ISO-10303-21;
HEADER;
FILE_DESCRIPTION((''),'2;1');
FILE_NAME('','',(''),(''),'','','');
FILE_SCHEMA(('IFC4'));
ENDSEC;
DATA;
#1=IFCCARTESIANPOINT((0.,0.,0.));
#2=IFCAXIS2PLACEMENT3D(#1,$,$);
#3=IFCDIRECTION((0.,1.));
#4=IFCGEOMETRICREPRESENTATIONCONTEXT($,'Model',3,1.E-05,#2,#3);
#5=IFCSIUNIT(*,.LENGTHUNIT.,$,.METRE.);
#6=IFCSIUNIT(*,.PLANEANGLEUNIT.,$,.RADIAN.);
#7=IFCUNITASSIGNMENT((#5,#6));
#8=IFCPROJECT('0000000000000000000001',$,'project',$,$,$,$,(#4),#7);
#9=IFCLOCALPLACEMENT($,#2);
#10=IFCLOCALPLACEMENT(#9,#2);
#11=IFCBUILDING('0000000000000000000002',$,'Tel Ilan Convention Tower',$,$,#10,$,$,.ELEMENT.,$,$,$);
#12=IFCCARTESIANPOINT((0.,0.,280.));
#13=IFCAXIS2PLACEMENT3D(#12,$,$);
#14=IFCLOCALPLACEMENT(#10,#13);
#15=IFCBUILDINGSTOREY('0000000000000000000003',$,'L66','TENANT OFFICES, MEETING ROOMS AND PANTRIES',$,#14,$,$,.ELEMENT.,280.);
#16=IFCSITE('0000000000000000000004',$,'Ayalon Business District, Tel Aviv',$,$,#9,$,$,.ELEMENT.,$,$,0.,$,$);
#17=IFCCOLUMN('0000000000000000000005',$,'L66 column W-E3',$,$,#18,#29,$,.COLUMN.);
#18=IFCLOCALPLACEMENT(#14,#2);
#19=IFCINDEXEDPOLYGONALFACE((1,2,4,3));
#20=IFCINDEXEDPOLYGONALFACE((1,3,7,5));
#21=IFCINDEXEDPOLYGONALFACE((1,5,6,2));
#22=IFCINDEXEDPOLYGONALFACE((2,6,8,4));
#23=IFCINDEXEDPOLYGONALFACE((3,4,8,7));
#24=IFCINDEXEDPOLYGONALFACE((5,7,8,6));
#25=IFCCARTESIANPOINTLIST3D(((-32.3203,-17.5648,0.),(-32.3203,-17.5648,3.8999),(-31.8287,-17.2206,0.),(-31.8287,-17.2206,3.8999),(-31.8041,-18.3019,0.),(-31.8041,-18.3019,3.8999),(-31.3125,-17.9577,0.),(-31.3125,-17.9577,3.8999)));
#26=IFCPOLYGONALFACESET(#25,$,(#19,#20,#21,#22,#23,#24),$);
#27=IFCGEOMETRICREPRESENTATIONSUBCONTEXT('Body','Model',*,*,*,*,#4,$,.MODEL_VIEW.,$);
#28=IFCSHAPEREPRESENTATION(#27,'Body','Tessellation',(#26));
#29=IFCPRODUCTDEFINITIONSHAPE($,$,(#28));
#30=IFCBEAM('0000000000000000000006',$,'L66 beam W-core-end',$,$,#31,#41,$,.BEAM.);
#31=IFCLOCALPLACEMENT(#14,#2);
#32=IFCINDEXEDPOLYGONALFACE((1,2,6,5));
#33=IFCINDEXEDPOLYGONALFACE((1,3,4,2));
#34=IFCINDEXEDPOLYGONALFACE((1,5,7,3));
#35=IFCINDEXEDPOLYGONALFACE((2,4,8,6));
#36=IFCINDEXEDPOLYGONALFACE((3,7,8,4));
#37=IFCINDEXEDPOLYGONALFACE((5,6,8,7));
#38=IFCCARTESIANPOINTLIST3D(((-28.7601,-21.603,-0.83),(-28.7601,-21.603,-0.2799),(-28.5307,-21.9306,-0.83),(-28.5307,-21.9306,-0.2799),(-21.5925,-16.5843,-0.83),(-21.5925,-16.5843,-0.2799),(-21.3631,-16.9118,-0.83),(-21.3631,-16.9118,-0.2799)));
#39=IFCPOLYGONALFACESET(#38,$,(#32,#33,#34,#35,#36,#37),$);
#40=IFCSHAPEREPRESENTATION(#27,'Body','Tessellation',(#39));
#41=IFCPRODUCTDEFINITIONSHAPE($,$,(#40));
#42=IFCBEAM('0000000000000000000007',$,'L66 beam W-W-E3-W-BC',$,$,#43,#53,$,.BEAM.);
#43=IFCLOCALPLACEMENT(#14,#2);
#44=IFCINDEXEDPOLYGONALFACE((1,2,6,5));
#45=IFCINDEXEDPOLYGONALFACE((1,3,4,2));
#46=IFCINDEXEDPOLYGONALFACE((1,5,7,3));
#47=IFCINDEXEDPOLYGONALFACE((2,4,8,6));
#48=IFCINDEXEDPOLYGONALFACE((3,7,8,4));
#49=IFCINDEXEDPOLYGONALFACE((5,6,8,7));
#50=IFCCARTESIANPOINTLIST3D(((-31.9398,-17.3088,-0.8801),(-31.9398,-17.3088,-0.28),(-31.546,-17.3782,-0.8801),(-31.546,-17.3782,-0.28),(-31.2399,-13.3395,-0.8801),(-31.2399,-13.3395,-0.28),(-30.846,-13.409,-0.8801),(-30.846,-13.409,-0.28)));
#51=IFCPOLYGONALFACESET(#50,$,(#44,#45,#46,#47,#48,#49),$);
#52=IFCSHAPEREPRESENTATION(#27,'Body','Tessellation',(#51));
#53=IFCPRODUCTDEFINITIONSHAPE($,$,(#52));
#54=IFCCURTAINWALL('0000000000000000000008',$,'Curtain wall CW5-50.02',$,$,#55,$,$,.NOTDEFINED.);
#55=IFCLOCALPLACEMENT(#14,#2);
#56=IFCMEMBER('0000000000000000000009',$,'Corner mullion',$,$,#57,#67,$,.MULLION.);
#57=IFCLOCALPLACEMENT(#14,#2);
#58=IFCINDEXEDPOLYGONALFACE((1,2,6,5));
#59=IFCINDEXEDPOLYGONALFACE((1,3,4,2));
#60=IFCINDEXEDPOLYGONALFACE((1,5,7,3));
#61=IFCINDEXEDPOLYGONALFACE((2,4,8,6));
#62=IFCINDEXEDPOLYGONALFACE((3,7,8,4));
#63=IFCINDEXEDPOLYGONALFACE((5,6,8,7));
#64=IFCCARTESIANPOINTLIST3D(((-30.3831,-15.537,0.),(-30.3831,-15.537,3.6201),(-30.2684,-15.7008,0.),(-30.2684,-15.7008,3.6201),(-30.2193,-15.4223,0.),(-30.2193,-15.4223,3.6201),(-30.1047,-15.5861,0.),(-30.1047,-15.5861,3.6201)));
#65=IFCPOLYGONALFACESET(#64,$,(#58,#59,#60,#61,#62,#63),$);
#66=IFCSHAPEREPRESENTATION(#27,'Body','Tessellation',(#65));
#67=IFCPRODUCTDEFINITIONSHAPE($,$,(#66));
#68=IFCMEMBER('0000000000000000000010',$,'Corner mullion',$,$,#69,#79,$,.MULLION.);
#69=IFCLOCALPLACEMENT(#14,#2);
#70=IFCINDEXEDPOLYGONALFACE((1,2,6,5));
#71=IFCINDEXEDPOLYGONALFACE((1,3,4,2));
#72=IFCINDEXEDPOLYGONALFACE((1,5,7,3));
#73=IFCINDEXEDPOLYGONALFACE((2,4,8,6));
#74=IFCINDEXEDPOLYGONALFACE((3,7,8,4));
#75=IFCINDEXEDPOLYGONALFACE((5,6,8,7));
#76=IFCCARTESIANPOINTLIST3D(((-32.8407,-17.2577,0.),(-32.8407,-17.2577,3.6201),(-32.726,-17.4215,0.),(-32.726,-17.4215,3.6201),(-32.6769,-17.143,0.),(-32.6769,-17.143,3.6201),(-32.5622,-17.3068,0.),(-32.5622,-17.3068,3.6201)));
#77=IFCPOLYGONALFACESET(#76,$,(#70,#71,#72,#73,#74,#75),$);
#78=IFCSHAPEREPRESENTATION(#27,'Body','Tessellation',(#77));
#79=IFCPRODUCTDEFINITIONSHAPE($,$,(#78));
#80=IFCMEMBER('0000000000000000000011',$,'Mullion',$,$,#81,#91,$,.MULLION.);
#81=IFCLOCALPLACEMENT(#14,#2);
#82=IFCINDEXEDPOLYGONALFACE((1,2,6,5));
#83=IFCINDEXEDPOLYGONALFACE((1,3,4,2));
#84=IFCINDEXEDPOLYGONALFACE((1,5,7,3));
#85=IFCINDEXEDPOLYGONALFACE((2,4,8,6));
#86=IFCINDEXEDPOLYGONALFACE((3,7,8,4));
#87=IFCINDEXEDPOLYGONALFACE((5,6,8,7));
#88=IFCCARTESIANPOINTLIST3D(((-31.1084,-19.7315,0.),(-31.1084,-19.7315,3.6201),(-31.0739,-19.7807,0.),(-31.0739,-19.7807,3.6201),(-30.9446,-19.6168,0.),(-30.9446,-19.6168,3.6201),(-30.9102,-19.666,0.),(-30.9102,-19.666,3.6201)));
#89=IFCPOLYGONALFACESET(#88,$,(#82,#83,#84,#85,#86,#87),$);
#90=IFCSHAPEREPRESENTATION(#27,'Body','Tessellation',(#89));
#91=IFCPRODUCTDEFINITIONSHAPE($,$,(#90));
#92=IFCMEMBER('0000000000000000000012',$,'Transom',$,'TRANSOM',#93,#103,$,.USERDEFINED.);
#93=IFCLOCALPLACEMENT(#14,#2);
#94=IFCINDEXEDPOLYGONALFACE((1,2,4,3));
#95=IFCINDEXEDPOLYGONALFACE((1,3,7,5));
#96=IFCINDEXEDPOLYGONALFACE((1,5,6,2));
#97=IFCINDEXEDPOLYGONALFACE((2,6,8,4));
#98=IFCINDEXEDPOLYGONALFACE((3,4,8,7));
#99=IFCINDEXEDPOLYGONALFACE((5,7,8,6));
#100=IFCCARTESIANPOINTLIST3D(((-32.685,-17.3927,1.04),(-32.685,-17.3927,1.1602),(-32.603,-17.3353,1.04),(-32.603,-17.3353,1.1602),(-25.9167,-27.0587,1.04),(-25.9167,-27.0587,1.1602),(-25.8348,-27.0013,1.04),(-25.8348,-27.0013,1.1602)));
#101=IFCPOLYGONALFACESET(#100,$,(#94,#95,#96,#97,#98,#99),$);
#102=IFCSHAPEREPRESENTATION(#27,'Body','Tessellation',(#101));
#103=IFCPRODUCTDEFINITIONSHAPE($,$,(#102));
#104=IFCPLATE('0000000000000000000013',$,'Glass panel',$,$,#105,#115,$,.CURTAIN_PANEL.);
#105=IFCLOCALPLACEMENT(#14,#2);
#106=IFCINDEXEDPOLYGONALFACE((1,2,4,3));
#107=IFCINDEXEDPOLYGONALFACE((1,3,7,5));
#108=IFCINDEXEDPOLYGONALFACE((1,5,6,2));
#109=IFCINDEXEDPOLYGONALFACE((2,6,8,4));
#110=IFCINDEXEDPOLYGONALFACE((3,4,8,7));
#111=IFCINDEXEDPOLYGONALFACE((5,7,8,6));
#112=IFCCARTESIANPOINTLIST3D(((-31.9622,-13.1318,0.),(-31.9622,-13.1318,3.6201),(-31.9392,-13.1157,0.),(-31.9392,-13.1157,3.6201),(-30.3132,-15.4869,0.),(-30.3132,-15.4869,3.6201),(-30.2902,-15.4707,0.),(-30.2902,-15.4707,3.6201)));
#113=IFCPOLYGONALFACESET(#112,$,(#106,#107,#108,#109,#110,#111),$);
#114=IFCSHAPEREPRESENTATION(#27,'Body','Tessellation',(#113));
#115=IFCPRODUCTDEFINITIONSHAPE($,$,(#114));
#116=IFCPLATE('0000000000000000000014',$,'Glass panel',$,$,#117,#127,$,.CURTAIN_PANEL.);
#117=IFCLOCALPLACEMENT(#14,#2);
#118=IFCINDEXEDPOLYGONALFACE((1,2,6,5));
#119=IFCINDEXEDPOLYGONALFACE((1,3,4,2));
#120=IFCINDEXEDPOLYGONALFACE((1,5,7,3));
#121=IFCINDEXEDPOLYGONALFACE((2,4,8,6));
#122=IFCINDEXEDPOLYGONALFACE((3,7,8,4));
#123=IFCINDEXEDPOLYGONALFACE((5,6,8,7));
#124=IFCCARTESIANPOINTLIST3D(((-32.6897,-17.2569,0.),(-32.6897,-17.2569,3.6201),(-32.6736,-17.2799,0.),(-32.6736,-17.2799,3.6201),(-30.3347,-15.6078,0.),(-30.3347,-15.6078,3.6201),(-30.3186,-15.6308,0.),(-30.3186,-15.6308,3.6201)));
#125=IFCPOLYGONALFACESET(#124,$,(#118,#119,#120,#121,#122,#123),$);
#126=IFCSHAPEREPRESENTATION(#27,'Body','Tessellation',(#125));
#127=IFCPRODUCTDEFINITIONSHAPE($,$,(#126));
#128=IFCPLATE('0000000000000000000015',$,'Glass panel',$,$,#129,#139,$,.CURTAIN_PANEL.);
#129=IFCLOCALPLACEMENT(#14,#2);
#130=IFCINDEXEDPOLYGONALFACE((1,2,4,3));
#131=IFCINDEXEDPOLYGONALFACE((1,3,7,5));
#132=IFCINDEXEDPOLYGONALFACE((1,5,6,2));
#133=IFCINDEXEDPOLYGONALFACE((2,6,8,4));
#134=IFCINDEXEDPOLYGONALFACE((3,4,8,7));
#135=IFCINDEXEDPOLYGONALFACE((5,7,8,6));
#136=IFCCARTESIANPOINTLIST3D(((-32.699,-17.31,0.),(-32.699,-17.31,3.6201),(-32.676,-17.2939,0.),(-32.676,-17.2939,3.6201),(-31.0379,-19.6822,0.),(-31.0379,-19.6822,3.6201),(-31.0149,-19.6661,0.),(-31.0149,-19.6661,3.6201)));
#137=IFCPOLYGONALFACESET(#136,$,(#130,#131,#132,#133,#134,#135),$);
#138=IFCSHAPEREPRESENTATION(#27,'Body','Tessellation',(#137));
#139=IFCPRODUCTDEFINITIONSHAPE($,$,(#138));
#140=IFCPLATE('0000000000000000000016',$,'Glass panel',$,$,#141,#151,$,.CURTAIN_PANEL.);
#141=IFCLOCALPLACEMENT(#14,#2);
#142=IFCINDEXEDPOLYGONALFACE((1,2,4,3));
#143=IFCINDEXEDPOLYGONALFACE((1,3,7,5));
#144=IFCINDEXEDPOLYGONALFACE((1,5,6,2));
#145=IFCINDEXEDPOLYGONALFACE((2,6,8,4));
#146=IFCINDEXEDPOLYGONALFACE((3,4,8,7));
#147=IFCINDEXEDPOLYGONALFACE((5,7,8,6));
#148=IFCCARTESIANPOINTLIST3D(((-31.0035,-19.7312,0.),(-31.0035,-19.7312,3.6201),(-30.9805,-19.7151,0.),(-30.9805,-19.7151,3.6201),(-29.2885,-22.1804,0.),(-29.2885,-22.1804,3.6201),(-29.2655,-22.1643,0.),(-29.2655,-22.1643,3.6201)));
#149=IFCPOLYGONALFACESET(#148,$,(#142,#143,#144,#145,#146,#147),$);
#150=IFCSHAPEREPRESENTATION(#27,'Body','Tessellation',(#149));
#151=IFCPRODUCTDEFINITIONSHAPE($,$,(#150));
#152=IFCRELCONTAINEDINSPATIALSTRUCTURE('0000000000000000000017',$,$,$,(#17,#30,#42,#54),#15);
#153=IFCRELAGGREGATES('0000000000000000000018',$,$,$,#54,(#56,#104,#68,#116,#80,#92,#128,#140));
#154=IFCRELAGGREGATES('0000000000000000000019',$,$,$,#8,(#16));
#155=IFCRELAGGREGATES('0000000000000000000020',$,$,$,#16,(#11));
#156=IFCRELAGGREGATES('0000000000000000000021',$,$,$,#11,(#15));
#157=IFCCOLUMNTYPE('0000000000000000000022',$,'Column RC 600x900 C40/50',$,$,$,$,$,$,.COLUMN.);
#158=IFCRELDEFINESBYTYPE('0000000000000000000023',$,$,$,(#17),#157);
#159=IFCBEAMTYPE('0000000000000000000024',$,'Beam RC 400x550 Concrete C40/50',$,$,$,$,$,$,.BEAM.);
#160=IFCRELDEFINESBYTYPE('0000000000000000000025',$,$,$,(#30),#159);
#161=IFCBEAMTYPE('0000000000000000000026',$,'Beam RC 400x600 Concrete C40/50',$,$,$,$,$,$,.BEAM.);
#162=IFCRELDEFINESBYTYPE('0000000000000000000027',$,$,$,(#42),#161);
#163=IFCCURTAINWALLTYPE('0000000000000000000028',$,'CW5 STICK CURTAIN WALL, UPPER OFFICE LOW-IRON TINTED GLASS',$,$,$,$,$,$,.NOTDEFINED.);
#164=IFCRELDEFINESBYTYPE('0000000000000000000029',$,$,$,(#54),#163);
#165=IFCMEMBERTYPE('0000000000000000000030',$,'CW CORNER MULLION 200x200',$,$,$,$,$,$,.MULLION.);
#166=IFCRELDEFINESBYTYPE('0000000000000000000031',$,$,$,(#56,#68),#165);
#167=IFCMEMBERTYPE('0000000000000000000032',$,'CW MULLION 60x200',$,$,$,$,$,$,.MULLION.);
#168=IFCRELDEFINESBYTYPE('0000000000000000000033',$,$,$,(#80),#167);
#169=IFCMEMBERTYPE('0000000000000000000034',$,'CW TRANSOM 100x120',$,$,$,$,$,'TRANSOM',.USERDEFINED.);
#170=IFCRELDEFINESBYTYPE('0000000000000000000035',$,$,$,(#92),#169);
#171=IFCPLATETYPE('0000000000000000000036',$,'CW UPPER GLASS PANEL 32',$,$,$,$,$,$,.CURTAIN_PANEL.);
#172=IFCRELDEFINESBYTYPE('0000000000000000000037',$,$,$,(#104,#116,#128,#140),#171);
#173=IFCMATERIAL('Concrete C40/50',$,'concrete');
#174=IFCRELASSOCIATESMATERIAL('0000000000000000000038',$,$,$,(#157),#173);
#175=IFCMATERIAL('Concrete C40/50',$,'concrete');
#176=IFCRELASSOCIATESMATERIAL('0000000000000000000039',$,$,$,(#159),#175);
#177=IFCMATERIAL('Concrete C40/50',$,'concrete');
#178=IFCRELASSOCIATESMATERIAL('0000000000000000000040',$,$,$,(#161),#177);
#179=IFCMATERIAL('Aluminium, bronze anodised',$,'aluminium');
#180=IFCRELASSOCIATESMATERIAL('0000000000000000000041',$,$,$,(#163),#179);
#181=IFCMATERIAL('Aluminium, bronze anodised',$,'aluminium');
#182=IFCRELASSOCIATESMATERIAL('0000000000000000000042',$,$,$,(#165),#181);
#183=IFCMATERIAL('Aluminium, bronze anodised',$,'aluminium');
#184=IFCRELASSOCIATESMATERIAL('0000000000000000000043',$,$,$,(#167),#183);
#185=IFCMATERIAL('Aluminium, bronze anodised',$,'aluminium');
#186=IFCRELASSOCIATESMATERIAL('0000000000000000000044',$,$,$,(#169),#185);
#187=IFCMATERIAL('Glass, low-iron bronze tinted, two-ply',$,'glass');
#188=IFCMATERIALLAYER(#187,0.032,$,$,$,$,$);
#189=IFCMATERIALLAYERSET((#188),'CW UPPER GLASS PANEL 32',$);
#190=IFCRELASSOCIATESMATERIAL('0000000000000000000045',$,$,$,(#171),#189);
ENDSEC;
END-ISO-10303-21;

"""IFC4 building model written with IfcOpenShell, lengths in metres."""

from ifc_helpers import new_model, si_unit, direction, frame, origin, origin_2d, place, context, subcontext, project, spatial, rectangle, extrude, material, layer, layer_set, material_profile, profile_set, type_object, element, aggregate, save


model = new_model("IFC4")

# Units and contexts
model_context = context("Model", 3, precision=1e-05, world=origin(), true_north=direction((0.0, 1.0)))
body_context = subcontext(model_context, "Body", "Model", "MODEL_VIEW")
ifc_project = project(units=[si_unit("LENGTHUNIT", "METRE"), si_unit("PLANEANGLEUNIT", "RADIAN")], contexts=[model_context])

# Site, building, storey
site_placement = place(None, origin())
site = spatial("IfcSite", under=ifc_project, at=site_placement, Name="Ayalon Business District, Tel Aviv", CompositionType="ELEMENT", RefElevation=0.0)
building_placement = place(site_placement, origin())
building = spatial("IfcBuilding", under=site, at=building_placement, Name="Tel Ilan Convention Tower", CompositionType="ELEMENT")
storey_placement = place(building_placement, frame((0.0, 0.0, 280.0)))
storey = spatial("IfcBuildingStorey", under=building, at=storey_placement, Name="L66", Description="TENANT OFFICES, MEETING ROOMS AND PANTRIES", CompositionType="ELEMENT", Elevation=280.0)

# Column
ifc_material_1 = material(Name="Concrete C40/50", Category="concrete")
ifc_material_profile_1 = material_profile(ifc_material_1, rectangle(XDim=0.8999, YDim=0.6001, at=origin_2d()), Name="RC 600x900")
ifc_profile_set_1 = profile_set([ifc_material_profile_1], Name="Concrete C40/50")
column_type = type_object("IfcColumnType", Name="Column RC 600x900 C40/50", PredefinedType="COLUMN", material=ifc_profile_set_1)
column_placement = place(storey_placement, frame((-31.8164, -17.7612, 0.0), z_axis=(0.0, 0.0, 1.0), x_axis=(-0.573576, 0.819152, 0.0)))
element("IfcColumn", 1, at=column_placement, inside=storey, type_object=column_type, Name="L66 column W-E3", PredefinedType="COLUMN", context=body_context, shape_type="SweptSolid", body=[
    extrude(rectangle(XDim=0.8999, YDim=0.6001, at=origin_2d()), origin(), (0.0, 0.0, 1.0), 3.8999),
])

# Beams
ifc_material_2 = material(Name="Concrete C40/50", Category="concrete")
ifc_material_profile_2 = material_profile(ifc_material_2, rectangle(XDim=0.3999, YDim=0.55, at=origin_2d()), Name="RC 400x550")
ifc_profile_set_2 = profile_set([ifc_material_profile_2], Name="Concrete C40/50")
beam_type_1 = type_object("IfcBeamType", Name="Beam RC 400x550 Concrete C40/50", PredefinedType="BEAM", material=ifc_profile_set_2)
beam_1_placement = place(storey_placement, frame((-21.4778, -16.748, -0.5549), z_axis=(-0.819157, -0.573569, 0.0), x_axis=(0.573569, -0.819157, 0.0)))
element("IfcBeam", 2, at=beam_1_placement, inside=storey, type_object=beam_type_1, Name="L66 beam W-core-end", PredefinedType="BEAM", context=body_context, shape_type="SweptSolid", body=[
    extrude(rectangle(XDim=0.3999, YDim=0.55, at=origin_2d()), origin(), (0.0, 0.0, 1.0), 8.75),
])
ifc_material_3 = material(Name="Concrete C40/50", Category="concrete")
ifc_material_profile_3 = material_profile(ifc_material_3, rectangle(XDim=0.3999, YDim=0.6001, at=origin_2d()), Name="RC 400x600")
ifc_profile_set_3 = profile_set([ifc_material_profile_3], Name="Concrete C40/50")
beam_type_2 = type_object("IfcBeamType", Name="Beam RC 400x600 Concrete C40/50", PredefinedType="BEAM", material=ifc_profile_set_3)
beam_2_placement = place(storey_placement, frame((-31.7429, -17.3435, -0.5801), z_axis=(0.173664, 0.984805, 0.0), x_axis=(-0.984805, 0.173664, 0.0)))
element("IfcBeam", 3, at=beam_2_placement, inside=storey, type_object=beam_type_2, Name="L66 beam W-W-E3-W-BC", PredefinedType="BEAM", context=body_context, shape_type="SweptSolid", body=[
    extrude(rectangle(XDim=0.3999, YDim=0.6001, at=origin_2d()), origin(), (0.0, 0.0, 1.0), 4.0305),
])

# Curtain wall, members, plates
ifc_material_4 = material(Name="Aluminium, bronze anodised", Category="aluminium")
curtain_wall_type = type_object("IfcCurtainWallType", Name="CW5 STICK CURTAIN WALL, UPPER OFFICE LOW-IRON TINTED GLASS", PredefinedType="NOTDEFINED", material=ifc_material_4)
curtain_wall_placement = place(storey_placement, origin())
curtain_wall = element("IfcCurtainWall", 4, at=curtain_wall_placement, inside=storey, type_object=curtain_wall_type, Name="Curtain wall CW5-50.02", PredefinedType="NOTDEFINED")
ifc_material_5 = material(Name="Aluminium, bronze anodised", Category="aluminium")
ifc_material_profile_4 = material_profile(ifc_material_5, rectangle(XDim=0.2, YDim=0.2, at=origin_2d()), Name="CW CORNER MULLION 200x200")
ifc_profile_set_4 = profile_set([ifc_material_profile_4], Name="Aluminium, bronze anodised")
member_type_1 = type_object("IfcMemberType", Name="CW CORNER MULLION 200x200", PredefinedType="MULLION", material=ifc_profile_set_4)
member_1_placement = place(storey_placement, frame((-30.2439, -15.5615, 0.0), z_axis=(0.0, 0.0, 1.0), x_axis=(0.573576, -0.819152, 0.0)))
member_1 = element("IfcMember", 5, at=member_1_placement, type_object=member_type_1, Name="Corner mullion", PredefinedType="MULLION", context=body_context, shape_type="SweptSolid", body=[
    extrude(rectangle(XDim=0.2, YDim=0.2, at=origin_2d()), origin(), (0.0, 0.0, 1.0), 3.6201),
])
member_2_placement = place(storey_placement, frame((-32.7014, -17.2822, 0.0), z_axis=(0.0, 0.0, 1.0), x_axis=(-0.819152, -0.573576, 0.0)))
member_2 = element("IfcMember", 6, at=member_2_placement, type_object=member_type_1, Name="Corner mullion", PredefinedType="MULLION", context=body_context, shape_type="SweptSolid", body=[
    extrude(rectangle(XDim=0.2, YDim=0.2, at=origin_2d()), origin(), (0.0, 0.0, 1.0), 3.6201),
])
ifc_material_6 = material(Name="Aluminium, bronze anodised", Category="aluminium")
ifc_material_profile_5 = material_profile(ifc_material_6, rectangle(XDim=0.0601, YDim=0.2, at=origin_2d()), Name="CW MULLION 60x200")
ifc_profile_set_5 = profile_set([ifc_material_profile_5], Name="Aluminium, bronze anodised")
member_type_2 = type_object("IfcMemberType", Name="CW MULLION 60x200", PredefinedType="MULLION", material=ifc_profile_set_5)
member_3_placement = place(storey_placement, frame((-31.0093, -19.6987, 0.0), z_axis=(0.0, 0.0, 1.0), x_axis=(0.573576, -0.819152, 0.0)))
member_3 = element("IfcMember", 7, at=member_3_placement, type_object=member_type_2, Name="Mullion", PredefinedType="MULLION", context=body_context, shape_type="SweptSolid", body=[
    extrude(rectangle(XDim=0.0601, YDim=0.2, at=origin_2d()), origin(), (0.0, 0.0, 1.0), 3.6201),
])
ifc_material_7 = material(Name="Aluminium, bronze anodised", Category="aluminium")
ifc_material_profile_6 = material_profile(ifc_material_7, rectangle(XDim=0.1001, YDim=0.1201, at=origin_2d()), Name="CW TRANSOM 100x120")
ifc_profile_set_6 = profile_set([ifc_material_profile_6], Name="Aluminium, bronze anodised")
member_type_3 = type_object("IfcMemberType", Name="CW TRANSOM 100x120", ElementType="TRANSOM", PredefinedType="USERDEFINED", material=ifc_profile_set_6)
member_4_placement = place(storey_placement, frame((-32.644, -17.364, 1.1001), z_axis=(0.573582, -0.819148, 0.0), x_axis=(0.819148, 0.573582, 0.0)))
member_4 = element("IfcMember", 8, at=member_4_placement, type_object=member_type_3, Name="Transom", ObjectType="TRANSOM", PredefinedType="USERDEFINED", context=body_context, shape_type="SweptSolid", body=[
    extrude(rectangle(XDim=0.1001, YDim=0.1201, at=origin_2d()), origin(), (0.0, 0.0, 1.0), 11.8),
])
ifc_material_8 = material(Name="Glass, low-iron bronze tinted, two-ply", Category="glass")
ifc_layer_1 = layer(ifc_material_8, 0.032)
ifc_layer_set_1 = layer_set([ifc_layer_1], Name="CW UPPER GLASS PANEL 32")
plate_type = type_object("IfcPlateType", Name="CW UPPER GLASS PANEL 32", PredefinedType="CURTAIN_PANEL", material=ifc_layer_set_1)
plate_1_placement = place(storey_placement, frame((-31.1262, -14.3013, 0.0), z_axis=(0.0, 0.0, 1.0), x_axis=(0.573576, -0.819152, 0.0)))
plate_1 = element("IfcPlate", 9, at=plate_1_placement, type_object=plate_type, Name="Glass panel", PredefinedType="CURTAIN_PANEL", context=body_context, shape_type="SweptSolid", body=[
    extrude(rectangle(XDim=2.875, YDim=0.0281, at=origin_2d()), origin(), (0.0, 0.0, 1.0), 3.6201),
])
plate_2_placement = place(storey_placement, frame((-31.5042, -16.4438, 0.0), z_axis=(0.0, 0.0, 1.0), x_axis=(-0.819152, -0.573576, 0.0)))
plate_2 = element("IfcPlate", 10, at=plate_2_placement, type_object=plate_type, Name="Glass panel", PredefinedType="CURTAIN_PANEL", context=body_context, shape_type="SweptSolid", body=[
    extrude(rectangle(XDim=2.875, YDim=0.0281, at=origin_2d()), origin(), (0.0, 0.0, 1.0), 3.6201),
])
plate_3_placement = place(storey_placement, frame((-31.8569, -18.488, 0.0), z_axis=(0.0, 0.0, 1.0), x_axis=(0.573576, -0.819152, 0.0)))
plate_3 = element("IfcPlate", 11, at=plate_3_placement, type_object=plate_type, Name="Glass panel", PredefinedType="CURTAIN_PANEL", context=body_context, shape_type="SweptSolid", body=[
    extrude(rectangle(XDim=2.896, YDim=0.0281, at=origin_2d()), origin(), (0.0, 0.0, 1.0), 3.6201),
])
plate_4_placement = place(storey_placement, frame((-30.1345, -20.9478, 0.0), z_axis=(0.0, 0.0, 1.0), x_axis=(0.573576, -0.819152, 0.0)))
plate_4 = element("IfcPlate", 12, at=plate_4_placement, type_object=plate_type, Name="Glass panel", PredefinedType="CURTAIN_PANEL", context=body_context, shape_type="SweptSolid", body=[
    extrude(rectangle(XDim=2.99, YDim=0.0281, at=origin_2d()), origin(), (0.0, 0.0, 1.0), 3.6201),
])
aggregate(curtain_wall, [member_1, plate_1, member_2, plate_2, member_3, member_4, plate_3, plate_4])

save(model, "model.ifc")
